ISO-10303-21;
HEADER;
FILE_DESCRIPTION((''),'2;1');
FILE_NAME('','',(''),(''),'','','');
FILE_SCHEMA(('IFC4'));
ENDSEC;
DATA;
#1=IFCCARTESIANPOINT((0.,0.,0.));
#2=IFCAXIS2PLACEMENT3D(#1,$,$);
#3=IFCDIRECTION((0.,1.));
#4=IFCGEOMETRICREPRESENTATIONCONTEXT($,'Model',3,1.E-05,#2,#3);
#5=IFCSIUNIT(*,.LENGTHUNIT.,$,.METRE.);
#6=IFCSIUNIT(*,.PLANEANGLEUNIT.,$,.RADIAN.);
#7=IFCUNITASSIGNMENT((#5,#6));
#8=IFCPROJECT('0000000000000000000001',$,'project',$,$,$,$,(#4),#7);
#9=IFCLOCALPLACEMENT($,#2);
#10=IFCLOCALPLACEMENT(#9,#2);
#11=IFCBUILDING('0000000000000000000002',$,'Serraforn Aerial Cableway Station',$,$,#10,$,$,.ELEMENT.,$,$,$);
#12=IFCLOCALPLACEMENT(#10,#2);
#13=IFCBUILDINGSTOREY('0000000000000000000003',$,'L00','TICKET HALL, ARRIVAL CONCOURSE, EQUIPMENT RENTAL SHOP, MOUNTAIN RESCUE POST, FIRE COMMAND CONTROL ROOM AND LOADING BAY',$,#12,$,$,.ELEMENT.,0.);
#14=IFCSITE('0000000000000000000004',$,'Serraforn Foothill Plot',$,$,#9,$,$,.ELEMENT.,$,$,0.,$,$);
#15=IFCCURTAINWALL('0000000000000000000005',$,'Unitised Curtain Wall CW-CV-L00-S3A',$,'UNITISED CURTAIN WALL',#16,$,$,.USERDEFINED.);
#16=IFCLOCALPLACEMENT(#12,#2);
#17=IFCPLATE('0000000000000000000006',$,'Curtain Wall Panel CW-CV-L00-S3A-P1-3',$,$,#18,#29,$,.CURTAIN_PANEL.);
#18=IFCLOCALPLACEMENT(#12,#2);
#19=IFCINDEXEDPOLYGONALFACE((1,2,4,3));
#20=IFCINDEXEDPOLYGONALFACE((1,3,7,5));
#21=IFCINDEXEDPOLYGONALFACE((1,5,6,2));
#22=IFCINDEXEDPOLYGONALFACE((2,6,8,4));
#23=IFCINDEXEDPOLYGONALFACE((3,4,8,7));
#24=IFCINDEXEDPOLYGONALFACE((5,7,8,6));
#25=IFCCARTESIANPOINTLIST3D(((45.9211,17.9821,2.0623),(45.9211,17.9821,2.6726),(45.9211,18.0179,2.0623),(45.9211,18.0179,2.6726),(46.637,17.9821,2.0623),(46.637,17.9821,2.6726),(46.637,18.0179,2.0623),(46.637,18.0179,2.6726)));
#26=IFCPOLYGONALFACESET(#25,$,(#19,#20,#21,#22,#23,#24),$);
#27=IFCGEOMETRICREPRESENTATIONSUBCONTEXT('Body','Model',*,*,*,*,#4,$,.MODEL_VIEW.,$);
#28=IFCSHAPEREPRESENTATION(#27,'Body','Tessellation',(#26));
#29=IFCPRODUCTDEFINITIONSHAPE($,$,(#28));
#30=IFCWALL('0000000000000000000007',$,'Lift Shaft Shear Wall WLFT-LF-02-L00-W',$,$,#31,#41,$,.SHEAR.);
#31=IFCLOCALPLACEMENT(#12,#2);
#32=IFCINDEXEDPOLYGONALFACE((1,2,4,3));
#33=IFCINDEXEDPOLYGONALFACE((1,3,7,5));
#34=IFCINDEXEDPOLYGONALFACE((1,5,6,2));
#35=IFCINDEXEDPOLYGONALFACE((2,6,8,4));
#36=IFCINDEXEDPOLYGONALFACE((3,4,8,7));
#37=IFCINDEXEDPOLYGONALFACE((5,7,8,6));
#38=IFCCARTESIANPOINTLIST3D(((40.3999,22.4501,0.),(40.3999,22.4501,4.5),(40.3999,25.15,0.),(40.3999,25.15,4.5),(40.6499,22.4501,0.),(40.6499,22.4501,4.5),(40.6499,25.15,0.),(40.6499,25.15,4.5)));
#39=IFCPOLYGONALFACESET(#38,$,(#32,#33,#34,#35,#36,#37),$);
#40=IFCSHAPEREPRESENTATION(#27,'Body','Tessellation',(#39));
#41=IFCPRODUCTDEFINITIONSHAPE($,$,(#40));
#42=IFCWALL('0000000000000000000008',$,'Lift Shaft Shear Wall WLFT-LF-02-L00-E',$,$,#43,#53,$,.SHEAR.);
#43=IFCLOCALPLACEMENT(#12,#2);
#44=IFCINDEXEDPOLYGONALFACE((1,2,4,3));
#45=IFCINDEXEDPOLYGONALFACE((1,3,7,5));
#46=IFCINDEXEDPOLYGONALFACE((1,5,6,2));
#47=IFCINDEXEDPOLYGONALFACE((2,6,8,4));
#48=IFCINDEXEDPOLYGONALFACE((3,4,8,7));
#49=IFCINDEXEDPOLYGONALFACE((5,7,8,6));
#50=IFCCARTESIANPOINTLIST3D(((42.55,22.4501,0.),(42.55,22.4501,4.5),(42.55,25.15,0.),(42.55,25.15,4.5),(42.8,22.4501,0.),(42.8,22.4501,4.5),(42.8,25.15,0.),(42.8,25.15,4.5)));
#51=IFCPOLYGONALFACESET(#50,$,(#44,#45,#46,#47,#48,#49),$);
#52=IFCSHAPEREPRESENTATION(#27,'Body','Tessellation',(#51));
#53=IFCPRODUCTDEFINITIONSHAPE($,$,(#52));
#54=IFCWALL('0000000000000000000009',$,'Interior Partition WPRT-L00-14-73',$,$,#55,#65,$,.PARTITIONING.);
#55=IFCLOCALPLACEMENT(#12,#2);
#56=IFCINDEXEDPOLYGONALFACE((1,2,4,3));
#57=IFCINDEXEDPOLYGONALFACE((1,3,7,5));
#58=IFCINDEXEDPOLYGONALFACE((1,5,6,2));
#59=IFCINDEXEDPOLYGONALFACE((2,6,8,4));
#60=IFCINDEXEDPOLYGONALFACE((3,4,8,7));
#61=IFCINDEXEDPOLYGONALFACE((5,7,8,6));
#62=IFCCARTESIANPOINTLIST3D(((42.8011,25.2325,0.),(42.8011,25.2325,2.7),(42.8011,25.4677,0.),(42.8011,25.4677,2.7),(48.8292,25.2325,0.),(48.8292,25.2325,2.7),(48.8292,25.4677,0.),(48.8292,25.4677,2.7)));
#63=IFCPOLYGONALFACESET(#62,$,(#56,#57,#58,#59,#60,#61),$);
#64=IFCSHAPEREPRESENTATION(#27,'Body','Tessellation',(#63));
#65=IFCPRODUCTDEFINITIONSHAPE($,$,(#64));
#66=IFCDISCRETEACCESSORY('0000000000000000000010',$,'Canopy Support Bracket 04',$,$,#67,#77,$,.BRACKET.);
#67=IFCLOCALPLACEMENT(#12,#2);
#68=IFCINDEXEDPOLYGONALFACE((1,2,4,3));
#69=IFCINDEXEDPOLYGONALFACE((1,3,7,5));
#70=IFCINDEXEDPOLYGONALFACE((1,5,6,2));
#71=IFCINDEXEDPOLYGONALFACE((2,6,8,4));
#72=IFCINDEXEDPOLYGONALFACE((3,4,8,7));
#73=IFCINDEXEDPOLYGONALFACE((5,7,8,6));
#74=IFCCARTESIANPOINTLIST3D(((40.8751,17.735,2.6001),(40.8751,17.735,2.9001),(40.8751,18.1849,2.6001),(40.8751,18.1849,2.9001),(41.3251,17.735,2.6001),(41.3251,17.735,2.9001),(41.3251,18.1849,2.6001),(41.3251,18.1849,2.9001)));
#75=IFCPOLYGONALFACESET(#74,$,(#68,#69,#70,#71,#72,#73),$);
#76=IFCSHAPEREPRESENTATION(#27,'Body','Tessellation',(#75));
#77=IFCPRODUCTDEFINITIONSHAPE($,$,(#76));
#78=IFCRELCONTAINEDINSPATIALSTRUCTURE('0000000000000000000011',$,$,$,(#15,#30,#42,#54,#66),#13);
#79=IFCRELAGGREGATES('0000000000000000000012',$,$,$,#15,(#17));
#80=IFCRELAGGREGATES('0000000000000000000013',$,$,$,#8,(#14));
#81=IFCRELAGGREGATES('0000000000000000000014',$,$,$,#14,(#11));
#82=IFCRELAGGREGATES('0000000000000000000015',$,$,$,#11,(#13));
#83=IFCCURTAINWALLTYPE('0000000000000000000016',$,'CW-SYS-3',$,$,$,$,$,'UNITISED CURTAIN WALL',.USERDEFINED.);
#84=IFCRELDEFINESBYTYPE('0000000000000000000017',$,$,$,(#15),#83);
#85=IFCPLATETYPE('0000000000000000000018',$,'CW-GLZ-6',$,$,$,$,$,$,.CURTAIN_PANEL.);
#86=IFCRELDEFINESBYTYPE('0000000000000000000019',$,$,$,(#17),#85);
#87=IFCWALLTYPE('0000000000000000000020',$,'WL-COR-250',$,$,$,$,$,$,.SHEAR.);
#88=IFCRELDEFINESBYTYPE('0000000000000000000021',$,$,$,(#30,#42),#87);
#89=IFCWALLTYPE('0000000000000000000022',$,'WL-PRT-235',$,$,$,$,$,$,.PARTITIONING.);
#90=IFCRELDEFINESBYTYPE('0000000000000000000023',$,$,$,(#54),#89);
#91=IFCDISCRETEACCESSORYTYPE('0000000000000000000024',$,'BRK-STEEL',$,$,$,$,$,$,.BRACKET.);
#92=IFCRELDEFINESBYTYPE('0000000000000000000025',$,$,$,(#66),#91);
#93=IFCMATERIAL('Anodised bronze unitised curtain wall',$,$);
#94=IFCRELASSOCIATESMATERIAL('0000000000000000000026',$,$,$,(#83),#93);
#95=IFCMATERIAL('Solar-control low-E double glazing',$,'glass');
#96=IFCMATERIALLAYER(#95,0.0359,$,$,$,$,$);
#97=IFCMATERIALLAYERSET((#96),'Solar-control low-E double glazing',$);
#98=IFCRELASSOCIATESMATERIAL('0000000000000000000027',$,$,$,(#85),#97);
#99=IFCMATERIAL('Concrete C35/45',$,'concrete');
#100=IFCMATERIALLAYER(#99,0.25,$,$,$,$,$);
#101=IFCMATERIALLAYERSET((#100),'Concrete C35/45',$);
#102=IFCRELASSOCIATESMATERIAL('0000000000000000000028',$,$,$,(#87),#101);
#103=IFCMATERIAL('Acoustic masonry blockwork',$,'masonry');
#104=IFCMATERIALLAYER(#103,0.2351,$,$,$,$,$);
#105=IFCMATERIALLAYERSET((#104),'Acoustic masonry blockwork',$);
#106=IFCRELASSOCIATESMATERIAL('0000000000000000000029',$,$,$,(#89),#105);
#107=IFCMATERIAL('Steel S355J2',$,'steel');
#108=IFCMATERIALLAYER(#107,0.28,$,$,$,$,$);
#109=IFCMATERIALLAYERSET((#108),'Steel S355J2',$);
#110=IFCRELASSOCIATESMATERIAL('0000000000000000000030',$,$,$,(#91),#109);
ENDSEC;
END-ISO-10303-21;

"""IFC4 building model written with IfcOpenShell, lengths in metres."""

from ifc_helpers import new_model, si_unit, direction, frame, frame_2d, origin, origin_2d, place, context, subcontext, project, spatial, rectangle, extrude, material, layer, layer_set, type_object, element, aggregate, save


model = new_model("IFC4")

# Units and contexts
model_context = context("Model", 3, precision=1e-05, world=origin(), true_north=direction((0.0, 1.0)))
body_context = subcontext(model_context, "Body", "Model", "MODEL_VIEW")
ifc_project = project(units=[si_unit("LENGTHUNIT", "METRE"), si_unit("PLANEANGLEUNIT", "RADIAN")], contexts=[model_context])

# Site, building, storey
site_placement = place(None, origin())
site = spatial("IfcSite", under=ifc_project, at=site_placement, Name="Serraforn Foothill Plot", CompositionType="ELEMENT", RefElevation=0.0)
building_placement = place(site_placement, origin())
building = spatial("IfcBuilding", under=site, at=building_placement, Name="Serraforn Aerial Cableway Station", CompositionType="ELEMENT")
storey_placement = place(building_placement, origin())
storey = spatial("IfcBuildingStorey", under=building, at=storey_placement, Name="L00", Description="TICKET HALL, ARRIVAL CONCOURSE, EQUIPMENT RENTAL SHOP, MOUNTAIN RESCUE POST, FIRE COMMAND CONTROL ROOM AND LOADING BAY", CompositionType="ELEMENT", Elevation=0.0)

# Shared definitions
ifc_material_1 = material(Name="Concrete C35/45", Category="concrete")

# Curtain wall
ifc_material_2 = material(Name="Anodised bronze unitised curtain wall")
curtain_wall_type_1 = type_object("IfcCurtainWallType", Name="CW-SYS-3", ElementType="UNITISED CURTAIN WALL", PredefinedType="USERDEFINED", material=ifc_material_2)
curtain_wall_1_placement = place(storey_placement, origin())
curtain_wall_1 = element("IfcCurtainWall", 1, at=curtain_wall_1_placement, inside=storey, type_object=curtain_wall_type_1, Name="Unitised Curtain Wall CW-CV-L00-S3A", ObjectType="UNITISED CURTAIN WALL", PredefinedType="USERDEFINED")

# Plate
ifc_material_3 = material(Name="Solar-control low-E double glazing", Category="glass")
ifc_layer_1 = layer(ifc_material_3, 0.0359)
ifc_layer_set_1 = layer_set([ifc_layer_1], Name="Solar-control low-E double glazing")
plate_type_1 = type_object("IfcPlateType", Name="CW-GLZ-6", PredefinedType="CURTAIN_PANEL", material=ifc_layer_set_1)
plate_1_placement = place(storey_placement, frame((46.2791, 18.0, 2.0623), z_axis=(0.0, 0.0, 1.0), x_axis=(1.0, 0.0, 0.0)))
plate_1 = element("IfcPlate", 2, at=plate_1_placement, type_object=plate_type_1, Name="Curtain Wall Panel CW-CV-L00-S3A-P1-3", PredefinedType="CURTAIN_PANEL", context=body_context, shape_type="SweptSolid", body=[
    extrude(rectangle(XDim=0.7158, YDim=0.0359, at=origin_2d()), origin(), (0.0, 0.0, 1.0), 0.6104),
])
aggregate(curtain_wall_1, [plate_1])

# Walls
ifc_layer_2 = layer(ifc_material_1, 0.25)
ifc_layer_set_2 = layer_set([ifc_layer_2], Name="Concrete C35/45")
wall_type_1 = type_object("IfcWallType", Name="WL-COR-250", PredefinedType="SHEAR", material=ifc_layer_set_2)
for number, where, z_axis, x_axis, name in (
    (3, (40.5249, 22.45, 0.0), (0.0, 0.0, 1.0), (0.0, 1.0, 0.0), "Lift Shaft Shear Wall WLFT-LF-02-L00-W"),
    (4, (42.675, 22.45, 0.0), (0.0, 0.0, 1.0), (0.0, 1.0, 0.0), "Lift Shaft Shear Wall WLFT-LF-02-L00-E"),
):
    element("IfcWall", number, at=place(storey_placement, frame(where, z_axis=z_axis, x_axis=x_axis)), inside=storey, type_object=wall_type_1, Name=name, PredefinedType="SHEAR", context=body_context, shape_type="SweptSolid", body=[
        extrude(rectangle(XDim=2.7, YDim=0.25, at=frame_2d((1.3501, 0.0))), origin(), (0.0, 0.0, 1.0), 4.5),
    ])
ifc_material_4 = material(Name="Acoustic masonry blockwork", Category="masonry")
ifc_layer_3 = layer(ifc_material_4, 0.2351)
ifc_layer_set_3 = layer_set([ifc_layer_3], Name="Acoustic masonry blockwork")
wall_type_2 = type_object("IfcWallType", Name="WL-PRT-235", PredefinedType="PARTITIONING", material=ifc_layer_set_3)
wall_placement = place(storey_placement, frame((42.801, 25.3501, 0.0), z_axis=(0.0, 0.0, 1.0), x_axis=(1.0, 0.0, 0.0)))
element("IfcWall", 5, at=wall_placement, inside=storey, type_object=wall_type_2, Name="Interior Partition WPRT-L00-14-73", PredefinedType="PARTITIONING", context=body_context, shape_type="SweptSolid", body=[
    extrude(rectangle(XDim=6.0281, YDim=0.2351, at=frame_2d((3.0142, 0.0))), origin(), (0.0, 0.0, 1.0), 2.7),
])

# Discrete accessory
ifc_material_5 = material(Name="Steel S355J2", Category="steel")
ifc_layer_4 = layer(ifc_material_5, 0.28)
ifc_layer_set_4 = layer_set([ifc_layer_4], Name="Steel S355J2")
discrete_accessory_type = type_object("IfcDiscreteAccessoryType", Name="BRK-STEEL", PredefinedType="BRACKET", material=ifc_layer_set_4)
discrete_accessory_placement = place(storey_placement, frame((41.1001, 17.96, 2.6001), z_axis=(0.0, 0.0, 1.0), x_axis=(1.0, 0.0, 0.0)))
element("IfcDiscreteAccessory", 6, at=discrete_accessory_placement, inside=storey, type_object=discrete_accessory_type, Name="Canopy Support Bracket 04", PredefinedType="BRACKET", context=body_context, shape_type="SweptSolid", body=[
    extrude(rectangle(XDim=0.45, YDim=0.45, at=origin_2d()), origin(), (0.0, 0.0, 1.0), 0.3),
])

save(model, "model.ifc")
